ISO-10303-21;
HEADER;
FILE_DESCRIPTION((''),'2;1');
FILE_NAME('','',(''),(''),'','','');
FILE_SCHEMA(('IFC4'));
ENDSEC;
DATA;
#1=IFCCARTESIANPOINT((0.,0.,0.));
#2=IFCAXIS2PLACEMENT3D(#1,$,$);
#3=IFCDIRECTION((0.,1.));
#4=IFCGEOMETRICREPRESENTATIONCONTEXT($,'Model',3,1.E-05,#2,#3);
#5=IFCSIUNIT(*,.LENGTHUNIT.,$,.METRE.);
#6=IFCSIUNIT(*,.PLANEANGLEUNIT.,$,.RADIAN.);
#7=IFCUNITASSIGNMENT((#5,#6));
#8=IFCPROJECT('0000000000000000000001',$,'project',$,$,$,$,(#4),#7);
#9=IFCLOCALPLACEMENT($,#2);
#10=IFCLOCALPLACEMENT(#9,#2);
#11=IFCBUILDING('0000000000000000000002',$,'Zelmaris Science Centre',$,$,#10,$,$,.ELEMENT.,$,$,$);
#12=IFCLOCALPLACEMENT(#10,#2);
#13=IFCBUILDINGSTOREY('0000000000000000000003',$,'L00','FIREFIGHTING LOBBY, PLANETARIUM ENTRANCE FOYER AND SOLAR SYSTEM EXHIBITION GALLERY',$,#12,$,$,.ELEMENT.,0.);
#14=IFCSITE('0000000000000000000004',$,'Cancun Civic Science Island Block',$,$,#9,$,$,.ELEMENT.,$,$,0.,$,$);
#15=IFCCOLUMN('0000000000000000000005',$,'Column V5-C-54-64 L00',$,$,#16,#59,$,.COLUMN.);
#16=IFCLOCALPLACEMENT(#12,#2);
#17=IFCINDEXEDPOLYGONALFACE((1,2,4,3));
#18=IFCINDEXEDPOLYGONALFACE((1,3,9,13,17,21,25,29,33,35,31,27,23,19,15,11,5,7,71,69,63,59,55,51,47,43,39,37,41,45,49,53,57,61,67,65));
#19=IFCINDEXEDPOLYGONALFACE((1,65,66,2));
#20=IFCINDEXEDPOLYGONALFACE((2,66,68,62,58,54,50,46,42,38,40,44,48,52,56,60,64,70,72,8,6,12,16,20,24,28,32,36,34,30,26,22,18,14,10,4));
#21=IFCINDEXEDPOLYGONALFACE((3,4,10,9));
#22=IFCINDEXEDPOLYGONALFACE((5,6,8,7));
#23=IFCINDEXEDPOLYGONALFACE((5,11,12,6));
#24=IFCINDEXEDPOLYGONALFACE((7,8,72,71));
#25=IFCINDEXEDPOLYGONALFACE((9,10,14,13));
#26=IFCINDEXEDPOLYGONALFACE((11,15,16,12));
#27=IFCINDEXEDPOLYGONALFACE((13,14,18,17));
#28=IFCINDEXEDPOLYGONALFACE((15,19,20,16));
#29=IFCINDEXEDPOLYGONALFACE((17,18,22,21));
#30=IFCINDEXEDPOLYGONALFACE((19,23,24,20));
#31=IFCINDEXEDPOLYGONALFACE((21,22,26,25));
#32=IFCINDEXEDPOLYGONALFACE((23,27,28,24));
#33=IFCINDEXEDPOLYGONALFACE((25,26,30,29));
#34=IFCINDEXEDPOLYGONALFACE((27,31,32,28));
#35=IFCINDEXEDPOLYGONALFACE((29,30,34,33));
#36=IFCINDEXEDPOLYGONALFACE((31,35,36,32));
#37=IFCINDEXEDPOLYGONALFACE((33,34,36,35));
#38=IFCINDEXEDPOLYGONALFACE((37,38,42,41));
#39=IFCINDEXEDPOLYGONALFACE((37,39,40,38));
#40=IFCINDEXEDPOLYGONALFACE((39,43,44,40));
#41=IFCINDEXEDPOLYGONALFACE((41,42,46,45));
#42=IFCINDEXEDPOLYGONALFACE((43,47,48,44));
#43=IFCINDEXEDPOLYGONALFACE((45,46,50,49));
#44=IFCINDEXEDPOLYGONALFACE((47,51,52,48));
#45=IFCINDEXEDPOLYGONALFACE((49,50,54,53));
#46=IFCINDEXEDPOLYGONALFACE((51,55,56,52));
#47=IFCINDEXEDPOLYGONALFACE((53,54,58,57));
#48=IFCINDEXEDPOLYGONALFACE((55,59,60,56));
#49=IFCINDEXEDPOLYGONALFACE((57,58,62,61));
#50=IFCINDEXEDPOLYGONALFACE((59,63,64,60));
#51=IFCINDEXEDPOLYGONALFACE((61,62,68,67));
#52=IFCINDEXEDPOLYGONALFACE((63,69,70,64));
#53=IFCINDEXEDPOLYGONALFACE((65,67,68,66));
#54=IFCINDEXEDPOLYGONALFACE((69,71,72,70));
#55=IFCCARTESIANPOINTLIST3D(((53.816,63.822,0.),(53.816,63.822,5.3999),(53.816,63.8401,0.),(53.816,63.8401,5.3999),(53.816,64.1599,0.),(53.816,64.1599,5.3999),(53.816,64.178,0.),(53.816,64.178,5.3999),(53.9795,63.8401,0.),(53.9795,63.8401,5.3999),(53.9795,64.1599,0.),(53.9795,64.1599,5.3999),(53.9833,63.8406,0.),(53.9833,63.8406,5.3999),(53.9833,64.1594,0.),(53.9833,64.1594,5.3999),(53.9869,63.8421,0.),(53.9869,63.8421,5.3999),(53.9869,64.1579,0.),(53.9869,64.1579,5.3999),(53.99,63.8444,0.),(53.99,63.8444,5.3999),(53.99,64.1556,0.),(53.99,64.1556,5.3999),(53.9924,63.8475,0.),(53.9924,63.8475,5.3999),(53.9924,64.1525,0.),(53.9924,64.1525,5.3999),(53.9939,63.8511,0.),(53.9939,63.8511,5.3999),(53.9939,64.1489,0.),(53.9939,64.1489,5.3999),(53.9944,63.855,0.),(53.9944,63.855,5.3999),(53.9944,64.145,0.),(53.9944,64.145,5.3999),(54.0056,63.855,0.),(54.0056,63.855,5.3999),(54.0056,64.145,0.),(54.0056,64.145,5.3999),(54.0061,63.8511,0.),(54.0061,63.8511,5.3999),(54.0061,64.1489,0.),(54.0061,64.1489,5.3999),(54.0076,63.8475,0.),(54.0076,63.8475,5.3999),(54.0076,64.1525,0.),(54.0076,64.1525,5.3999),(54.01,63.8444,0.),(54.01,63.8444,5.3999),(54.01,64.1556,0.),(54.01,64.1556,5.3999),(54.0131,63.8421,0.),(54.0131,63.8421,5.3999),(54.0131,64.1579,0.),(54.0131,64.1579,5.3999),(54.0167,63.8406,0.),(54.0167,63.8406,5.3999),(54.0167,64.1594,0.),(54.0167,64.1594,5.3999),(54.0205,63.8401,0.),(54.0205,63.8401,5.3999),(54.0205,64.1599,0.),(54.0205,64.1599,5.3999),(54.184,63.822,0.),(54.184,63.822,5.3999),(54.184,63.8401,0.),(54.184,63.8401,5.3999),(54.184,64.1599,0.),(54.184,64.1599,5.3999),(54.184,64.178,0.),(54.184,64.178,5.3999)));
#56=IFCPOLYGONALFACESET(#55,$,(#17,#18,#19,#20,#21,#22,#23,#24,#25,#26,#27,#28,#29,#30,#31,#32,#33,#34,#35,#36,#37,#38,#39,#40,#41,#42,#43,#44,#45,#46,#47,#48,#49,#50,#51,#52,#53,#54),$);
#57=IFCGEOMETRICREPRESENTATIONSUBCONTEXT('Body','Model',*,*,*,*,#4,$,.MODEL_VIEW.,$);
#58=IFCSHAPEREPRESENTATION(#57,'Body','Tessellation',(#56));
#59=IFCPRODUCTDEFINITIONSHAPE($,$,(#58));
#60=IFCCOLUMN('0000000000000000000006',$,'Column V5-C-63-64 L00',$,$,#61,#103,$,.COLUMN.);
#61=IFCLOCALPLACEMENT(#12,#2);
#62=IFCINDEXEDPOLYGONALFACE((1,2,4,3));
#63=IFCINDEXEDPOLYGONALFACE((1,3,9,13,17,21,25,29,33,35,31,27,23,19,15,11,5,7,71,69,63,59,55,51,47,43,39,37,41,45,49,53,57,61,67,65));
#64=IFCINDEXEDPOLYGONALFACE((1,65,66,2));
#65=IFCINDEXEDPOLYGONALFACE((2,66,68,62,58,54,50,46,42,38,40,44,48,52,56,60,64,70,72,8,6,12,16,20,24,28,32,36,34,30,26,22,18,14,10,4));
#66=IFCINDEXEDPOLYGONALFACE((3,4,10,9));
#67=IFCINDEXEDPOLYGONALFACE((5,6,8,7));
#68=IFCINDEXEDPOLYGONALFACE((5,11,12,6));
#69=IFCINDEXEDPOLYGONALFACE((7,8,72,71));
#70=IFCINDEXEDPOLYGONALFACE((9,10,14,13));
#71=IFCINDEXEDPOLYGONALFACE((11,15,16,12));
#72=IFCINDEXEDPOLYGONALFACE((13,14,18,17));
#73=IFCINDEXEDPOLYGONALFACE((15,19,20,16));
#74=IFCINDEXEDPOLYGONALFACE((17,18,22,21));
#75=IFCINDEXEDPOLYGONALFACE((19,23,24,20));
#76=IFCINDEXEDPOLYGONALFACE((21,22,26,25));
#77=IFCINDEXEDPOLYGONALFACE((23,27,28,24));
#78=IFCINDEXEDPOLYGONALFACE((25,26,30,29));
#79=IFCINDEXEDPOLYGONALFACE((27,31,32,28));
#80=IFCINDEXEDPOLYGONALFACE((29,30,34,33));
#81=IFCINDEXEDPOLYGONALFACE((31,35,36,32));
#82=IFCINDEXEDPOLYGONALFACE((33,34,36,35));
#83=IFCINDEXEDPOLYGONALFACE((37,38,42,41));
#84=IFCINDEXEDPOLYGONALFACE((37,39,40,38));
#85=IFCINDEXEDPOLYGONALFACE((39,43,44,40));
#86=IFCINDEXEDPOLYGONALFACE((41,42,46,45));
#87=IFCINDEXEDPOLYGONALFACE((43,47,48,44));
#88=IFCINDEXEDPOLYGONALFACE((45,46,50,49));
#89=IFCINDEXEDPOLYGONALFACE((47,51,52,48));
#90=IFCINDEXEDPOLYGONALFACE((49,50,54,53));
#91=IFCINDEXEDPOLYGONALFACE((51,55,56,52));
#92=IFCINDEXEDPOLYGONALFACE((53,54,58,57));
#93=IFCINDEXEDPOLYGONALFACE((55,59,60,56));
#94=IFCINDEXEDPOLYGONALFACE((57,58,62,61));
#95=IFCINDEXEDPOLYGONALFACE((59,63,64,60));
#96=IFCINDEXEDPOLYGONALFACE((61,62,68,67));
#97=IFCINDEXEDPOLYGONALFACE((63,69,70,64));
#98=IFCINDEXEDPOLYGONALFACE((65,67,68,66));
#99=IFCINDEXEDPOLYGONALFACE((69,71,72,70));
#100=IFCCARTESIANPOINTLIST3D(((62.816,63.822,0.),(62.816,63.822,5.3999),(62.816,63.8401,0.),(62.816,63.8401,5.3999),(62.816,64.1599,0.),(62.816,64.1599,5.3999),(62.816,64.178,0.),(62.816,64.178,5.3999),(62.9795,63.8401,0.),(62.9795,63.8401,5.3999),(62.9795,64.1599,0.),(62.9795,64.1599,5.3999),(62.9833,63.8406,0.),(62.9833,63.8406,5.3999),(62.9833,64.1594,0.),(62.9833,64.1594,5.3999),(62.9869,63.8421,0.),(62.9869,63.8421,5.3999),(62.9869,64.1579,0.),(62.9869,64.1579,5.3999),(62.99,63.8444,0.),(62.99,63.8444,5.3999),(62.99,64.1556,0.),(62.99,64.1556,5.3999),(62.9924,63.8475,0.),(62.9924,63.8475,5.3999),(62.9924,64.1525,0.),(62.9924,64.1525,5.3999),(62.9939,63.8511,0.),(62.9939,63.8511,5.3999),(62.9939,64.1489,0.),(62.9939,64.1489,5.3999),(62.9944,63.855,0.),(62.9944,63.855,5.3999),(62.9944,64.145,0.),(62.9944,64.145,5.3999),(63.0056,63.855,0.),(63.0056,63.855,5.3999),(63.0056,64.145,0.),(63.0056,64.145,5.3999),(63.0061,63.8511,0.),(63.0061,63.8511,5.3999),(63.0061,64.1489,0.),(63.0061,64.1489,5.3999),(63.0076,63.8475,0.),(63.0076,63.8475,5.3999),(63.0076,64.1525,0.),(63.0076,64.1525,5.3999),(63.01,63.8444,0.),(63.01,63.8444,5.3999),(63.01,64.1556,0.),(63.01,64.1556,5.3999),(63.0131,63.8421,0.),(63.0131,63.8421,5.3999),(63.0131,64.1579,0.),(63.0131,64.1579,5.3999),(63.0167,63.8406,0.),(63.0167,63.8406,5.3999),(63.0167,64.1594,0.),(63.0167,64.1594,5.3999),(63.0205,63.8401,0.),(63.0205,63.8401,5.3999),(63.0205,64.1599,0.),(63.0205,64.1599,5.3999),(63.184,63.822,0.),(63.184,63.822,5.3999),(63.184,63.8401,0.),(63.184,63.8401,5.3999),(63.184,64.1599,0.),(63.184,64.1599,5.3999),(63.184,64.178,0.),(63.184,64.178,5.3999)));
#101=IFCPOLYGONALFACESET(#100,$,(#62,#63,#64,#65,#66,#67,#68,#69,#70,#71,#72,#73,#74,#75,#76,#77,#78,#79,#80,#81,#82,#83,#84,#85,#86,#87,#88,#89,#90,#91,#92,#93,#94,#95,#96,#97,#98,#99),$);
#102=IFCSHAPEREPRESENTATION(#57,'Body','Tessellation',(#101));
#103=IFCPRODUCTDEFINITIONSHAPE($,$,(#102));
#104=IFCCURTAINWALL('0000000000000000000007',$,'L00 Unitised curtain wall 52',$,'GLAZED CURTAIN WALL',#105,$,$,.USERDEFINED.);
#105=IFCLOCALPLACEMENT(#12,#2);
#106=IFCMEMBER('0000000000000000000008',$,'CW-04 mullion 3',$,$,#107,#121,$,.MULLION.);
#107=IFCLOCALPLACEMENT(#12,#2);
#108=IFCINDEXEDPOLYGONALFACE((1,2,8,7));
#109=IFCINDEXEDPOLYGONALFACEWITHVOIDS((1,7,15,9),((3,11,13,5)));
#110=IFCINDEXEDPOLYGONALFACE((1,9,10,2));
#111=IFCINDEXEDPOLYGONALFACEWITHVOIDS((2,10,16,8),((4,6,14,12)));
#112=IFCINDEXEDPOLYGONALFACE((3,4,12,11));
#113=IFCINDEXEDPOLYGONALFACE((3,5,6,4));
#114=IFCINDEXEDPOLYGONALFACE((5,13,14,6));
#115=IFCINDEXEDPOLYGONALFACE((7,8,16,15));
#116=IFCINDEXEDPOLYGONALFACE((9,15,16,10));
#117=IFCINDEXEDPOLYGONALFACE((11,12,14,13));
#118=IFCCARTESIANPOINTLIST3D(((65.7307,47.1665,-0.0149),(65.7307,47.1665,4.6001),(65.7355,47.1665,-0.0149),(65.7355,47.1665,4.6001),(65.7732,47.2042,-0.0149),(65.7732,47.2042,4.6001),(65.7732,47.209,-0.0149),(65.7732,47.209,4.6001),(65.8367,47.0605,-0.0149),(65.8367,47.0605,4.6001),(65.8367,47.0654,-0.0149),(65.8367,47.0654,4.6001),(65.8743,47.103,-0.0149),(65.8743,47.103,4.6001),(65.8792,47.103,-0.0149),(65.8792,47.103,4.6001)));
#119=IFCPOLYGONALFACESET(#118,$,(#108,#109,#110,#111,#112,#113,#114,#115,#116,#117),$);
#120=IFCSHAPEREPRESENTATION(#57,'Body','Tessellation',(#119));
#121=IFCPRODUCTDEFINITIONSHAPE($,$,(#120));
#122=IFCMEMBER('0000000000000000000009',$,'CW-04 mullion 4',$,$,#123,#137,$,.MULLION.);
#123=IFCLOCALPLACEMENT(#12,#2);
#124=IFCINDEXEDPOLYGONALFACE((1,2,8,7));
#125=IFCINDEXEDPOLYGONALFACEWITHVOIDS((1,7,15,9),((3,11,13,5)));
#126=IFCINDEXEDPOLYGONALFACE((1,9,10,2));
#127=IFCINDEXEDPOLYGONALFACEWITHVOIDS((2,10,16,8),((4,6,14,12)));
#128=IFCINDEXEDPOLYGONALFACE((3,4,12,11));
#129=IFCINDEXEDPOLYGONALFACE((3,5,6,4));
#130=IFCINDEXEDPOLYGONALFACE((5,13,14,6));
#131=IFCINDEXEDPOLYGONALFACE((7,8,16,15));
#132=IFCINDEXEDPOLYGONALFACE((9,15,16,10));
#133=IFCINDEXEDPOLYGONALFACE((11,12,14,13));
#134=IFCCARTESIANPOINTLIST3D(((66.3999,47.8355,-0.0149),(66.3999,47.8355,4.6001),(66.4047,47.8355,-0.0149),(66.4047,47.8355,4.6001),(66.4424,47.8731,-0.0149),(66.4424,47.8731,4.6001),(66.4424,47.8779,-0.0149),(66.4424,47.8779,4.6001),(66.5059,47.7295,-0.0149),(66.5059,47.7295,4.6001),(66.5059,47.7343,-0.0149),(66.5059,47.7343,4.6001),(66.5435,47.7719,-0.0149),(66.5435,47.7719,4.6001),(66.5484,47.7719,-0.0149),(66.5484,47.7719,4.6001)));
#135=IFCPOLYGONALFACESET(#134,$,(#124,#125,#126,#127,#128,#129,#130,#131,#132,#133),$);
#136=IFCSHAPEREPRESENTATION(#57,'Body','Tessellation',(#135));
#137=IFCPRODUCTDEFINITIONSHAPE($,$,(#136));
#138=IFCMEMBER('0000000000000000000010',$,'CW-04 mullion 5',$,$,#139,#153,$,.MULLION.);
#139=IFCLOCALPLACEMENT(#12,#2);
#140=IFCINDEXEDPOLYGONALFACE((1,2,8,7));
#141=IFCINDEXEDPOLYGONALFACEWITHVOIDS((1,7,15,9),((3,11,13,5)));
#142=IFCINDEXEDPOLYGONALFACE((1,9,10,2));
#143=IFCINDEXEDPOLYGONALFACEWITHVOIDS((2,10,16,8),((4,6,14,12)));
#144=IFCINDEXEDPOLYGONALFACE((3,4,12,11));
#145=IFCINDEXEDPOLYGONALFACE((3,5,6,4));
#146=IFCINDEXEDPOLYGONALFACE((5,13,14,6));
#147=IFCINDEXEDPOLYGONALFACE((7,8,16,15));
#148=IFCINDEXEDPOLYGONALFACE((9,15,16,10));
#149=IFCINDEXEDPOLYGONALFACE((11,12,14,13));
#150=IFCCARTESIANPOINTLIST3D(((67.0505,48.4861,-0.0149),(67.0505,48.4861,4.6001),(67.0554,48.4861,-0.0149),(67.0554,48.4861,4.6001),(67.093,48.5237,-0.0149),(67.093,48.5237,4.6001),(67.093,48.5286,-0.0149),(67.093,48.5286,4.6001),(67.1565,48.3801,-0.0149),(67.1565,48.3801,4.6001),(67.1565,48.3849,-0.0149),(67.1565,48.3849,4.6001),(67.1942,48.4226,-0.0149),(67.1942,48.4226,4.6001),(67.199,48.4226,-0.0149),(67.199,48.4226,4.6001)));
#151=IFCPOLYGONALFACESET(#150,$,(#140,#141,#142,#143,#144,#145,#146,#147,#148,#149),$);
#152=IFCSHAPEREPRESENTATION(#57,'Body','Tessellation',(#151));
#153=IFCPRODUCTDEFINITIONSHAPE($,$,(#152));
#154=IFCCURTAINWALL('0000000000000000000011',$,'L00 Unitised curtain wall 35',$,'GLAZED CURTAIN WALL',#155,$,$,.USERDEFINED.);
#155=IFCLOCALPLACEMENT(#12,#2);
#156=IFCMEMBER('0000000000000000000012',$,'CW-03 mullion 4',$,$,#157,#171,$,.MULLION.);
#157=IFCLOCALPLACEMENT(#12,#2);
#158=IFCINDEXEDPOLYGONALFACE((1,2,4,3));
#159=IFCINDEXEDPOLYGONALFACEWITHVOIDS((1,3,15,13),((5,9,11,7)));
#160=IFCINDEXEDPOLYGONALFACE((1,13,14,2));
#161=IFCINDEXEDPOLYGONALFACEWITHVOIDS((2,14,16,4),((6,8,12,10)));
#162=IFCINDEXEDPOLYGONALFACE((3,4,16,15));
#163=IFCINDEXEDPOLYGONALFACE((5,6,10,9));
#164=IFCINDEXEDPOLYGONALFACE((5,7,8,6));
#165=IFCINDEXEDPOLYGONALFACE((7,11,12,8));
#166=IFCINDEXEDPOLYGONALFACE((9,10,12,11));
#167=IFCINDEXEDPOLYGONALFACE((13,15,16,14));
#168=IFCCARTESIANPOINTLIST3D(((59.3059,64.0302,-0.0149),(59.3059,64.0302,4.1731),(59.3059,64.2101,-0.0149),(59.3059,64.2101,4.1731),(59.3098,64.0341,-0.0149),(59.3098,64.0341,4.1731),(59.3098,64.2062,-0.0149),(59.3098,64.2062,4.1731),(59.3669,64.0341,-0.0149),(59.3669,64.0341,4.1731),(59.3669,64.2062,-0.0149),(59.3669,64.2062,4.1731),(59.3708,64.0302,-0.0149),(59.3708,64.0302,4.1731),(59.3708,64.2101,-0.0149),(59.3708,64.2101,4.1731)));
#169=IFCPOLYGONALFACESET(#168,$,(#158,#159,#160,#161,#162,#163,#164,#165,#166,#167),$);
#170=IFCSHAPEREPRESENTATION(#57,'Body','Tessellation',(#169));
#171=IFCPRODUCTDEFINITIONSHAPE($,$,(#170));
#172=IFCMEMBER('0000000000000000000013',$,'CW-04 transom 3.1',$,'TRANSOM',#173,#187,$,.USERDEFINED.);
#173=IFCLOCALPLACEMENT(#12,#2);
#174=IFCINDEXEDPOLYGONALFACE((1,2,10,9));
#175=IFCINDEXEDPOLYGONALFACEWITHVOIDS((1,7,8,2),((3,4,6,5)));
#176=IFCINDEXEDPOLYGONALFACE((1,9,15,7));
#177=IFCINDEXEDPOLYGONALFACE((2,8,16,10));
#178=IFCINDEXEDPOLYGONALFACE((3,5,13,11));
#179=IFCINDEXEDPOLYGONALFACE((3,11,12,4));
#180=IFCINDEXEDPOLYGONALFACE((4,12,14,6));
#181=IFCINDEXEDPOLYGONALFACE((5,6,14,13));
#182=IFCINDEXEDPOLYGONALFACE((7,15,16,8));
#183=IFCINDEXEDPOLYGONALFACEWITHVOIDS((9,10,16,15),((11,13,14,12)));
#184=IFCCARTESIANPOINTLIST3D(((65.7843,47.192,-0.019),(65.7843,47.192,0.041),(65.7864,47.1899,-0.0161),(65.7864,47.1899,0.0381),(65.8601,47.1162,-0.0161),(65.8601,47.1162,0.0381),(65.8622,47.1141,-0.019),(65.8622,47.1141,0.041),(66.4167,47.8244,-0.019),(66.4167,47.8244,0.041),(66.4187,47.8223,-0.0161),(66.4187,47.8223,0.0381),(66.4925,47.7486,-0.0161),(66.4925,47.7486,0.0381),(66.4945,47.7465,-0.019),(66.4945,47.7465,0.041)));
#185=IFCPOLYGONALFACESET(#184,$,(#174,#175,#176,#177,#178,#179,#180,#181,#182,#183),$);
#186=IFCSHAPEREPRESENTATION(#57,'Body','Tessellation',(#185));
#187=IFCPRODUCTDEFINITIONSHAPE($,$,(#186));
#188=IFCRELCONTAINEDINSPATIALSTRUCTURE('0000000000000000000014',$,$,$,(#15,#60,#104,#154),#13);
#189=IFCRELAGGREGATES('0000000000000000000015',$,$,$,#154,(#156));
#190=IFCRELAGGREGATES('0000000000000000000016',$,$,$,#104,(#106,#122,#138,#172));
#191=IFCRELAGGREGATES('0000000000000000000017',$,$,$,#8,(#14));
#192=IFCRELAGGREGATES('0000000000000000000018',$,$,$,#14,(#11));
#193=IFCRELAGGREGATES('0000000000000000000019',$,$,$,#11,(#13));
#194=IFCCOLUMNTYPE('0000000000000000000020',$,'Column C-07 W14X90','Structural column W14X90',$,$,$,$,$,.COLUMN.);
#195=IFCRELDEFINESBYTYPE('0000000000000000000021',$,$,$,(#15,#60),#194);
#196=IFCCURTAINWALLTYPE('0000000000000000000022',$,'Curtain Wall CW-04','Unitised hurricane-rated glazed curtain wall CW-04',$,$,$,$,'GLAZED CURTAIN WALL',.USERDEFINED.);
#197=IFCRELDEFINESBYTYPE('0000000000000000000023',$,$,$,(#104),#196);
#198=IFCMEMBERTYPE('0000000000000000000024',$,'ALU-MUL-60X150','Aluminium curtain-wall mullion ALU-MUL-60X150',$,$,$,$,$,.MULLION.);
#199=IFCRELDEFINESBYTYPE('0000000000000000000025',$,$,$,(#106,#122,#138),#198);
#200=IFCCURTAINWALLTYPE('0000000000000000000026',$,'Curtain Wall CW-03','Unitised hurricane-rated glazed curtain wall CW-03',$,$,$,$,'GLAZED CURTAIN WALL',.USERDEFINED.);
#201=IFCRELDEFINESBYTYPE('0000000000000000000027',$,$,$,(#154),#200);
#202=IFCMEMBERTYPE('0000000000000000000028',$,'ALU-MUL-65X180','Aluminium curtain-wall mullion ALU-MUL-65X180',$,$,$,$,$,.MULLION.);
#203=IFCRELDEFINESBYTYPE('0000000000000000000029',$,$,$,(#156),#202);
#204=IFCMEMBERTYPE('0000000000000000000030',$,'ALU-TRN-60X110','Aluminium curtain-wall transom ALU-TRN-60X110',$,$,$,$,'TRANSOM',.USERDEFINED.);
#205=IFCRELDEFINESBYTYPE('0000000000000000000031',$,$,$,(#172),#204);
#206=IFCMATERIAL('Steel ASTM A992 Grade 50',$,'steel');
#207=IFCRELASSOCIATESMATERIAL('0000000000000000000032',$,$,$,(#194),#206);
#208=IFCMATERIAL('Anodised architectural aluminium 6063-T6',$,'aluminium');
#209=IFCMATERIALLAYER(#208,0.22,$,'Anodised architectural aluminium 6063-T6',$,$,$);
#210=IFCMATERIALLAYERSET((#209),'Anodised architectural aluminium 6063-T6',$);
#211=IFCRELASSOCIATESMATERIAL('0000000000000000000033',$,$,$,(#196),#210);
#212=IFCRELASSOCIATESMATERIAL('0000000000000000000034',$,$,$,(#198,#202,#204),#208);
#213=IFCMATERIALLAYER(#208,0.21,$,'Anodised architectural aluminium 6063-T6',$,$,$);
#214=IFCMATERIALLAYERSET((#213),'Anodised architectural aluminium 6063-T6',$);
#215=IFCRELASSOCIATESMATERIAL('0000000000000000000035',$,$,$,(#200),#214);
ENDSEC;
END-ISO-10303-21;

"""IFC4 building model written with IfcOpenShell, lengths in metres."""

from ifc_helpers import new_model, si_unit, direction, frame, origin, origin_2d, place, context, subcontext, project, spatial, hollow_rectangle, i_section, extrude, material, layer, layer_set, material_profile, profile_set, type_object, element, aggregate, save


model = new_model("IFC4")

# Units and contexts
model_context = context("Model", 3, precision=1e-05, world=origin(), true_north=direction((0.0, 1.0)))
body_context = subcontext(model_context, "Body", "Model", "MODEL_VIEW")
ifc_project = project(units=[si_unit("LENGTHUNIT", "METRE"), si_unit("PLANEANGLEUNIT", "RADIAN")], contexts=[model_context])

# Site, building, storey
site_placement = place(None, origin())
site = spatial("IfcSite", under=ifc_project, at=site_placement, Name="Cancun Civic Science Island Block", CompositionType="ELEMENT", RefElevation=0.0)
building_placement = place(site_placement, origin())
building = spatial("IfcBuilding", under=site, at=building_placement, Name="Zelmaris Science Centre", CompositionType="ELEMENT")
storey_placement = place(building_placement, origin())
storey = spatial("IfcBuildingStorey", under=building, at=storey_placement, Name="L00", Description="FIREFIGHTING LOBBY, PLANETARIUM ENTRANCE FOYER AND SOLAR SYSTEM EXHIBITION GALLERY", CompositionType="ELEMENT", Elevation=0.0)

# Columns
ifc_material_1 = material(Name="Steel ASTM A992 Grade 50", Category="steel")
ifc_material_profile_1 = material_profile(ifc_material_1, i_section(OverallWidth=0.3679, OverallDepth=0.356, WebThickness=0.0112, FlangeThickness=0.0181, FilletRadius=0.0149, at=origin_2d()), Name="W14X90")
ifc_profile_set_1 = profile_set([ifc_material_profile_1], Name="Steel ASTM A992 Grade 50")
column_type = type_object("IfcColumnType", Name="Column C-07 W14X90", Description="Structural column W14X90", PredefinedType="COLUMN", material=ifc_profile_set_1)
for number, where, z_axis, x_axis, name in (
    (1, (54.0, 64.0, 0.0), (0.0, 0.0, 1.0), (1.0, 0.0, 0.0), "Column V5-C-54-64 L00"),
    (2, (63.0, 64.0, 0.0), (0.0, 0.0, 1.0), (1.0, 0.0, 0.0), "Column V5-C-63-64 L00"),
):
    element("IfcColumn", number, at=place(storey_placement, frame(where, z_axis=z_axis, x_axis=x_axis)), inside=storey, type_object=column_type, Name=name, PredefinedType="COLUMN", context=body_context, shape_type="SweptSolid", body=[
        extrude(i_section(OverallWidth=0.3679, OverallDepth=0.356, WebThickness=0.0112, FlangeThickness=0.0181, FilletRadius=0.0149, at=origin_2d()), origin(), (0.0, 0.0, 1.0), 5.3999),
    ])

# Curtain wall, members
ifc_material_2 = material(Name="Anodised architectural aluminium 6063-T6", Category="aluminium")
ifc_layer_1 = layer(ifc_material_2, 0.22, Name="Anodised architectural aluminium 6063-T6")
ifc_layer_set_1 = layer_set([ifc_layer_1], Name="Anodised architectural aluminium 6063-T6")
curtain_wall_type_1 = type_object("IfcCurtainWallType", Name="Curtain Wall CW-04", Description="Unitised hurricane-rated glazed curtain wall CW-04", ElementType="GLAZED CURTAIN WALL", PredefinedType="USERDEFINED", material=ifc_layer_set_1)
curtain_wall_1_placement = place(storey_placement, origin())
curtain_wall_1 = element("IfcCurtainWall", 3, at=curtain_wall_1_placement, inside=storey, type_object=curtain_wall_type_1, Name="L00 Unitised curtain wall 52", ObjectType="GLAZED CURTAIN WALL", PredefinedType="USERDEFINED")
ifc_material_profile_2 = material_profile(ifc_material_2, hollow_rectangle(XDim=0.0601, YDim=0.1499, WallThickness=0.0034, at=origin_2d()), Name="ALU-MUL-60X150")
ifc_profile_set_2 = profile_set([ifc_material_profile_2], Name="Anodised architectural aluminium 6063-T6")
member_type_1 = type_object("IfcMemberType", Name="ALU-MUL-60X150", Description="Aluminium curtain-wall mullion ALU-MUL-60X150", PredefinedType="MULLION", material=ifc_profile_set_2)
member_1_placement = place(storey_placement, frame((65.8049, 47.1348, -0.0149), z_axis=(0.0, 0.0, 1.0), x_axis=(0.707185, 0.707029, 0.0)))
member_1 = element("IfcMember", 4, at=member_1_placement, type_object=member_type_1, Name="CW-04 mullion 3", PredefinedType="MULLION", context=body_context, shape_type="SweptSolid", body=[
    extrude(hollow_rectangle(XDim=0.0601, YDim=0.1499, WallThickness=0.0034, at=origin_2d()), origin(), (0.0, 0.0, 1.0), 4.615),
])
member_2_placement = place(storey_placement, frame((66.4741, 47.8037, -0.0149), z_axis=(0.0, 0.0, 1.0), x_axis=(0.707185, 0.707029, 0.0)))
member_2 = element("IfcMember", 5, at=member_2_placement, type_object=member_type_1, Name="CW-04 mullion 4", PredefinedType="MULLION", context=body_context, shape_type="SweptSolid", body=[
    extrude(hollow_rectangle(XDim=0.0601, YDim=0.1499, WallThickness=0.0034, at=origin_2d()), origin(), (0.0, 0.0, 1.0), 4.615),
])
member_3_placement = place(storey_placement, frame((67.1248, 48.4543, -0.0149), z_axis=(0.0, 0.0, 1.0), x_axis=(0.707185, 0.707029, 0.0)))
member_3 = element("IfcMember", 6, at=member_3_placement, type_object=member_type_1, Name="CW-04 mullion 5", PredefinedType="MULLION", context=body_context, shape_type="SweptSolid", body=[
    extrude(hollow_rectangle(XDim=0.0601, YDim=0.1499, WallThickness=0.0034, at=origin_2d()), origin(), (0.0, 0.0, 1.0), 4.615),
])

# Curtain wall, member
ifc_layer_2 = layer(ifc_material_2, 0.21, Name="Anodised architectural aluminium 6063-T6")
ifc_layer_set_2 = layer_set([ifc_layer_2], Name="Anodised architectural aluminium 6063-T6")
curtain_wall_type_2 = type_object("IfcCurtainWallType", Name="Curtain Wall CW-03", Description="Unitised hurricane-rated glazed curtain wall CW-03", ElementType="GLAZED CURTAIN WALL", PredefinedType="USERDEFINED", material=ifc_layer_set_2)
curtain_wall_2_placement = place(storey_placement, origin())
curtain_wall_2 = element("IfcCurtainWall", 7, at=curtain_wall_2_placement, inside=storey, type_object=curtain_wall_type_2, Name="L00 Unitised curtain wall 35", ObjectType="GLAZED CURTAIN WALL", PredefinedType="USERDEFINED")
ifc_material_profile_3 = material_profile(ifc_material_2, hollow_rectangle(XDim=0.0649, YDim=0.1799, WallThickness=0.0039, at=origin_2d()), Name="ALU-MUL-65X180")
ifc_profile_set_3 = profile_set([ifc_material_profile_3], Name="Anodised architectural aluminium 6063-T6")
member_type_2 = type_object("IfcMemberType", Name="ALU-MUL-65X180", Description="Aluminium curtain-wall mullion ALU-MUL-65X180", PredefinedType="MULLION", material=ifc_profile_set_3)
member_4_placement = place(storey_placement, frame((59.3384, 64.1201, -0.0149), z_axis=(0.0, 0.0, 1.0), x_axis=(-1.0, 0.0, 0.0)))
member_4 = element("IfcMember", 8, at=member_4_placement, type_object=member_type_2, Name="CW-03 mullion 4", PredefinedType="MULLION", context=body_context, shape_type="SweptSolid", body=[
    extrude(hollow_rectangle(XDim=0.0649, YDim=0.1799, WallThickness=0.0039, at=origin_2d()), origin(), (0.0, 0.0, 1.0), 4.188),
])
aggregate(curtain_wall_2, [member_4])

# Member
ifc_material_profile_4 = material_profile(ifc_material_2, hollow_rectangle(XDim=0.0601, YDim=0.1101, WallThickness=0.0029, at=origin_2d()), Name="ALU-TRN-60X110")
ifc_profile_set_4 = profile_set([ifc_material_profile_4], Name="Anodised architectural aluminium 6063-T6")
member_type_3 = type_object("IfcMemberType", Name="ALU-TRN-60X110", Description="Aluminium curtain-wall transom ALU-TRN-60X110", ElementType="TRANSOM", PredefinedType="USERDEFINED", material=ifc_profile_set_4)
member_5_placement = place(storey_placement, frame((65.8232, 47.1531, 0.011), z_axis=(0.707107, 0.707107, 0.0), x_axis=(0.0, 0.0, 1.0)))
member_5 = element("IfcMember", 9, at=member_5_placement, type_object=member_type_3, Name="CW-04 transom 3.1", ObjectType="TRANSOM", PredefinedType="USERDEFINED", context=body_context, shape_type="SweptSolid", body=[
    extrude(hollow_rectangle(XDim=0.0601, YDim=0.1101, WallThickness=0.0029, at=origin_2d()), origin(), (0.0, 0.0, 1.0), 0.8943),
])

aggregate(curtain_wall_1, [member_1, member_2, member_3, member_5])

save(model, "model.ifc")
